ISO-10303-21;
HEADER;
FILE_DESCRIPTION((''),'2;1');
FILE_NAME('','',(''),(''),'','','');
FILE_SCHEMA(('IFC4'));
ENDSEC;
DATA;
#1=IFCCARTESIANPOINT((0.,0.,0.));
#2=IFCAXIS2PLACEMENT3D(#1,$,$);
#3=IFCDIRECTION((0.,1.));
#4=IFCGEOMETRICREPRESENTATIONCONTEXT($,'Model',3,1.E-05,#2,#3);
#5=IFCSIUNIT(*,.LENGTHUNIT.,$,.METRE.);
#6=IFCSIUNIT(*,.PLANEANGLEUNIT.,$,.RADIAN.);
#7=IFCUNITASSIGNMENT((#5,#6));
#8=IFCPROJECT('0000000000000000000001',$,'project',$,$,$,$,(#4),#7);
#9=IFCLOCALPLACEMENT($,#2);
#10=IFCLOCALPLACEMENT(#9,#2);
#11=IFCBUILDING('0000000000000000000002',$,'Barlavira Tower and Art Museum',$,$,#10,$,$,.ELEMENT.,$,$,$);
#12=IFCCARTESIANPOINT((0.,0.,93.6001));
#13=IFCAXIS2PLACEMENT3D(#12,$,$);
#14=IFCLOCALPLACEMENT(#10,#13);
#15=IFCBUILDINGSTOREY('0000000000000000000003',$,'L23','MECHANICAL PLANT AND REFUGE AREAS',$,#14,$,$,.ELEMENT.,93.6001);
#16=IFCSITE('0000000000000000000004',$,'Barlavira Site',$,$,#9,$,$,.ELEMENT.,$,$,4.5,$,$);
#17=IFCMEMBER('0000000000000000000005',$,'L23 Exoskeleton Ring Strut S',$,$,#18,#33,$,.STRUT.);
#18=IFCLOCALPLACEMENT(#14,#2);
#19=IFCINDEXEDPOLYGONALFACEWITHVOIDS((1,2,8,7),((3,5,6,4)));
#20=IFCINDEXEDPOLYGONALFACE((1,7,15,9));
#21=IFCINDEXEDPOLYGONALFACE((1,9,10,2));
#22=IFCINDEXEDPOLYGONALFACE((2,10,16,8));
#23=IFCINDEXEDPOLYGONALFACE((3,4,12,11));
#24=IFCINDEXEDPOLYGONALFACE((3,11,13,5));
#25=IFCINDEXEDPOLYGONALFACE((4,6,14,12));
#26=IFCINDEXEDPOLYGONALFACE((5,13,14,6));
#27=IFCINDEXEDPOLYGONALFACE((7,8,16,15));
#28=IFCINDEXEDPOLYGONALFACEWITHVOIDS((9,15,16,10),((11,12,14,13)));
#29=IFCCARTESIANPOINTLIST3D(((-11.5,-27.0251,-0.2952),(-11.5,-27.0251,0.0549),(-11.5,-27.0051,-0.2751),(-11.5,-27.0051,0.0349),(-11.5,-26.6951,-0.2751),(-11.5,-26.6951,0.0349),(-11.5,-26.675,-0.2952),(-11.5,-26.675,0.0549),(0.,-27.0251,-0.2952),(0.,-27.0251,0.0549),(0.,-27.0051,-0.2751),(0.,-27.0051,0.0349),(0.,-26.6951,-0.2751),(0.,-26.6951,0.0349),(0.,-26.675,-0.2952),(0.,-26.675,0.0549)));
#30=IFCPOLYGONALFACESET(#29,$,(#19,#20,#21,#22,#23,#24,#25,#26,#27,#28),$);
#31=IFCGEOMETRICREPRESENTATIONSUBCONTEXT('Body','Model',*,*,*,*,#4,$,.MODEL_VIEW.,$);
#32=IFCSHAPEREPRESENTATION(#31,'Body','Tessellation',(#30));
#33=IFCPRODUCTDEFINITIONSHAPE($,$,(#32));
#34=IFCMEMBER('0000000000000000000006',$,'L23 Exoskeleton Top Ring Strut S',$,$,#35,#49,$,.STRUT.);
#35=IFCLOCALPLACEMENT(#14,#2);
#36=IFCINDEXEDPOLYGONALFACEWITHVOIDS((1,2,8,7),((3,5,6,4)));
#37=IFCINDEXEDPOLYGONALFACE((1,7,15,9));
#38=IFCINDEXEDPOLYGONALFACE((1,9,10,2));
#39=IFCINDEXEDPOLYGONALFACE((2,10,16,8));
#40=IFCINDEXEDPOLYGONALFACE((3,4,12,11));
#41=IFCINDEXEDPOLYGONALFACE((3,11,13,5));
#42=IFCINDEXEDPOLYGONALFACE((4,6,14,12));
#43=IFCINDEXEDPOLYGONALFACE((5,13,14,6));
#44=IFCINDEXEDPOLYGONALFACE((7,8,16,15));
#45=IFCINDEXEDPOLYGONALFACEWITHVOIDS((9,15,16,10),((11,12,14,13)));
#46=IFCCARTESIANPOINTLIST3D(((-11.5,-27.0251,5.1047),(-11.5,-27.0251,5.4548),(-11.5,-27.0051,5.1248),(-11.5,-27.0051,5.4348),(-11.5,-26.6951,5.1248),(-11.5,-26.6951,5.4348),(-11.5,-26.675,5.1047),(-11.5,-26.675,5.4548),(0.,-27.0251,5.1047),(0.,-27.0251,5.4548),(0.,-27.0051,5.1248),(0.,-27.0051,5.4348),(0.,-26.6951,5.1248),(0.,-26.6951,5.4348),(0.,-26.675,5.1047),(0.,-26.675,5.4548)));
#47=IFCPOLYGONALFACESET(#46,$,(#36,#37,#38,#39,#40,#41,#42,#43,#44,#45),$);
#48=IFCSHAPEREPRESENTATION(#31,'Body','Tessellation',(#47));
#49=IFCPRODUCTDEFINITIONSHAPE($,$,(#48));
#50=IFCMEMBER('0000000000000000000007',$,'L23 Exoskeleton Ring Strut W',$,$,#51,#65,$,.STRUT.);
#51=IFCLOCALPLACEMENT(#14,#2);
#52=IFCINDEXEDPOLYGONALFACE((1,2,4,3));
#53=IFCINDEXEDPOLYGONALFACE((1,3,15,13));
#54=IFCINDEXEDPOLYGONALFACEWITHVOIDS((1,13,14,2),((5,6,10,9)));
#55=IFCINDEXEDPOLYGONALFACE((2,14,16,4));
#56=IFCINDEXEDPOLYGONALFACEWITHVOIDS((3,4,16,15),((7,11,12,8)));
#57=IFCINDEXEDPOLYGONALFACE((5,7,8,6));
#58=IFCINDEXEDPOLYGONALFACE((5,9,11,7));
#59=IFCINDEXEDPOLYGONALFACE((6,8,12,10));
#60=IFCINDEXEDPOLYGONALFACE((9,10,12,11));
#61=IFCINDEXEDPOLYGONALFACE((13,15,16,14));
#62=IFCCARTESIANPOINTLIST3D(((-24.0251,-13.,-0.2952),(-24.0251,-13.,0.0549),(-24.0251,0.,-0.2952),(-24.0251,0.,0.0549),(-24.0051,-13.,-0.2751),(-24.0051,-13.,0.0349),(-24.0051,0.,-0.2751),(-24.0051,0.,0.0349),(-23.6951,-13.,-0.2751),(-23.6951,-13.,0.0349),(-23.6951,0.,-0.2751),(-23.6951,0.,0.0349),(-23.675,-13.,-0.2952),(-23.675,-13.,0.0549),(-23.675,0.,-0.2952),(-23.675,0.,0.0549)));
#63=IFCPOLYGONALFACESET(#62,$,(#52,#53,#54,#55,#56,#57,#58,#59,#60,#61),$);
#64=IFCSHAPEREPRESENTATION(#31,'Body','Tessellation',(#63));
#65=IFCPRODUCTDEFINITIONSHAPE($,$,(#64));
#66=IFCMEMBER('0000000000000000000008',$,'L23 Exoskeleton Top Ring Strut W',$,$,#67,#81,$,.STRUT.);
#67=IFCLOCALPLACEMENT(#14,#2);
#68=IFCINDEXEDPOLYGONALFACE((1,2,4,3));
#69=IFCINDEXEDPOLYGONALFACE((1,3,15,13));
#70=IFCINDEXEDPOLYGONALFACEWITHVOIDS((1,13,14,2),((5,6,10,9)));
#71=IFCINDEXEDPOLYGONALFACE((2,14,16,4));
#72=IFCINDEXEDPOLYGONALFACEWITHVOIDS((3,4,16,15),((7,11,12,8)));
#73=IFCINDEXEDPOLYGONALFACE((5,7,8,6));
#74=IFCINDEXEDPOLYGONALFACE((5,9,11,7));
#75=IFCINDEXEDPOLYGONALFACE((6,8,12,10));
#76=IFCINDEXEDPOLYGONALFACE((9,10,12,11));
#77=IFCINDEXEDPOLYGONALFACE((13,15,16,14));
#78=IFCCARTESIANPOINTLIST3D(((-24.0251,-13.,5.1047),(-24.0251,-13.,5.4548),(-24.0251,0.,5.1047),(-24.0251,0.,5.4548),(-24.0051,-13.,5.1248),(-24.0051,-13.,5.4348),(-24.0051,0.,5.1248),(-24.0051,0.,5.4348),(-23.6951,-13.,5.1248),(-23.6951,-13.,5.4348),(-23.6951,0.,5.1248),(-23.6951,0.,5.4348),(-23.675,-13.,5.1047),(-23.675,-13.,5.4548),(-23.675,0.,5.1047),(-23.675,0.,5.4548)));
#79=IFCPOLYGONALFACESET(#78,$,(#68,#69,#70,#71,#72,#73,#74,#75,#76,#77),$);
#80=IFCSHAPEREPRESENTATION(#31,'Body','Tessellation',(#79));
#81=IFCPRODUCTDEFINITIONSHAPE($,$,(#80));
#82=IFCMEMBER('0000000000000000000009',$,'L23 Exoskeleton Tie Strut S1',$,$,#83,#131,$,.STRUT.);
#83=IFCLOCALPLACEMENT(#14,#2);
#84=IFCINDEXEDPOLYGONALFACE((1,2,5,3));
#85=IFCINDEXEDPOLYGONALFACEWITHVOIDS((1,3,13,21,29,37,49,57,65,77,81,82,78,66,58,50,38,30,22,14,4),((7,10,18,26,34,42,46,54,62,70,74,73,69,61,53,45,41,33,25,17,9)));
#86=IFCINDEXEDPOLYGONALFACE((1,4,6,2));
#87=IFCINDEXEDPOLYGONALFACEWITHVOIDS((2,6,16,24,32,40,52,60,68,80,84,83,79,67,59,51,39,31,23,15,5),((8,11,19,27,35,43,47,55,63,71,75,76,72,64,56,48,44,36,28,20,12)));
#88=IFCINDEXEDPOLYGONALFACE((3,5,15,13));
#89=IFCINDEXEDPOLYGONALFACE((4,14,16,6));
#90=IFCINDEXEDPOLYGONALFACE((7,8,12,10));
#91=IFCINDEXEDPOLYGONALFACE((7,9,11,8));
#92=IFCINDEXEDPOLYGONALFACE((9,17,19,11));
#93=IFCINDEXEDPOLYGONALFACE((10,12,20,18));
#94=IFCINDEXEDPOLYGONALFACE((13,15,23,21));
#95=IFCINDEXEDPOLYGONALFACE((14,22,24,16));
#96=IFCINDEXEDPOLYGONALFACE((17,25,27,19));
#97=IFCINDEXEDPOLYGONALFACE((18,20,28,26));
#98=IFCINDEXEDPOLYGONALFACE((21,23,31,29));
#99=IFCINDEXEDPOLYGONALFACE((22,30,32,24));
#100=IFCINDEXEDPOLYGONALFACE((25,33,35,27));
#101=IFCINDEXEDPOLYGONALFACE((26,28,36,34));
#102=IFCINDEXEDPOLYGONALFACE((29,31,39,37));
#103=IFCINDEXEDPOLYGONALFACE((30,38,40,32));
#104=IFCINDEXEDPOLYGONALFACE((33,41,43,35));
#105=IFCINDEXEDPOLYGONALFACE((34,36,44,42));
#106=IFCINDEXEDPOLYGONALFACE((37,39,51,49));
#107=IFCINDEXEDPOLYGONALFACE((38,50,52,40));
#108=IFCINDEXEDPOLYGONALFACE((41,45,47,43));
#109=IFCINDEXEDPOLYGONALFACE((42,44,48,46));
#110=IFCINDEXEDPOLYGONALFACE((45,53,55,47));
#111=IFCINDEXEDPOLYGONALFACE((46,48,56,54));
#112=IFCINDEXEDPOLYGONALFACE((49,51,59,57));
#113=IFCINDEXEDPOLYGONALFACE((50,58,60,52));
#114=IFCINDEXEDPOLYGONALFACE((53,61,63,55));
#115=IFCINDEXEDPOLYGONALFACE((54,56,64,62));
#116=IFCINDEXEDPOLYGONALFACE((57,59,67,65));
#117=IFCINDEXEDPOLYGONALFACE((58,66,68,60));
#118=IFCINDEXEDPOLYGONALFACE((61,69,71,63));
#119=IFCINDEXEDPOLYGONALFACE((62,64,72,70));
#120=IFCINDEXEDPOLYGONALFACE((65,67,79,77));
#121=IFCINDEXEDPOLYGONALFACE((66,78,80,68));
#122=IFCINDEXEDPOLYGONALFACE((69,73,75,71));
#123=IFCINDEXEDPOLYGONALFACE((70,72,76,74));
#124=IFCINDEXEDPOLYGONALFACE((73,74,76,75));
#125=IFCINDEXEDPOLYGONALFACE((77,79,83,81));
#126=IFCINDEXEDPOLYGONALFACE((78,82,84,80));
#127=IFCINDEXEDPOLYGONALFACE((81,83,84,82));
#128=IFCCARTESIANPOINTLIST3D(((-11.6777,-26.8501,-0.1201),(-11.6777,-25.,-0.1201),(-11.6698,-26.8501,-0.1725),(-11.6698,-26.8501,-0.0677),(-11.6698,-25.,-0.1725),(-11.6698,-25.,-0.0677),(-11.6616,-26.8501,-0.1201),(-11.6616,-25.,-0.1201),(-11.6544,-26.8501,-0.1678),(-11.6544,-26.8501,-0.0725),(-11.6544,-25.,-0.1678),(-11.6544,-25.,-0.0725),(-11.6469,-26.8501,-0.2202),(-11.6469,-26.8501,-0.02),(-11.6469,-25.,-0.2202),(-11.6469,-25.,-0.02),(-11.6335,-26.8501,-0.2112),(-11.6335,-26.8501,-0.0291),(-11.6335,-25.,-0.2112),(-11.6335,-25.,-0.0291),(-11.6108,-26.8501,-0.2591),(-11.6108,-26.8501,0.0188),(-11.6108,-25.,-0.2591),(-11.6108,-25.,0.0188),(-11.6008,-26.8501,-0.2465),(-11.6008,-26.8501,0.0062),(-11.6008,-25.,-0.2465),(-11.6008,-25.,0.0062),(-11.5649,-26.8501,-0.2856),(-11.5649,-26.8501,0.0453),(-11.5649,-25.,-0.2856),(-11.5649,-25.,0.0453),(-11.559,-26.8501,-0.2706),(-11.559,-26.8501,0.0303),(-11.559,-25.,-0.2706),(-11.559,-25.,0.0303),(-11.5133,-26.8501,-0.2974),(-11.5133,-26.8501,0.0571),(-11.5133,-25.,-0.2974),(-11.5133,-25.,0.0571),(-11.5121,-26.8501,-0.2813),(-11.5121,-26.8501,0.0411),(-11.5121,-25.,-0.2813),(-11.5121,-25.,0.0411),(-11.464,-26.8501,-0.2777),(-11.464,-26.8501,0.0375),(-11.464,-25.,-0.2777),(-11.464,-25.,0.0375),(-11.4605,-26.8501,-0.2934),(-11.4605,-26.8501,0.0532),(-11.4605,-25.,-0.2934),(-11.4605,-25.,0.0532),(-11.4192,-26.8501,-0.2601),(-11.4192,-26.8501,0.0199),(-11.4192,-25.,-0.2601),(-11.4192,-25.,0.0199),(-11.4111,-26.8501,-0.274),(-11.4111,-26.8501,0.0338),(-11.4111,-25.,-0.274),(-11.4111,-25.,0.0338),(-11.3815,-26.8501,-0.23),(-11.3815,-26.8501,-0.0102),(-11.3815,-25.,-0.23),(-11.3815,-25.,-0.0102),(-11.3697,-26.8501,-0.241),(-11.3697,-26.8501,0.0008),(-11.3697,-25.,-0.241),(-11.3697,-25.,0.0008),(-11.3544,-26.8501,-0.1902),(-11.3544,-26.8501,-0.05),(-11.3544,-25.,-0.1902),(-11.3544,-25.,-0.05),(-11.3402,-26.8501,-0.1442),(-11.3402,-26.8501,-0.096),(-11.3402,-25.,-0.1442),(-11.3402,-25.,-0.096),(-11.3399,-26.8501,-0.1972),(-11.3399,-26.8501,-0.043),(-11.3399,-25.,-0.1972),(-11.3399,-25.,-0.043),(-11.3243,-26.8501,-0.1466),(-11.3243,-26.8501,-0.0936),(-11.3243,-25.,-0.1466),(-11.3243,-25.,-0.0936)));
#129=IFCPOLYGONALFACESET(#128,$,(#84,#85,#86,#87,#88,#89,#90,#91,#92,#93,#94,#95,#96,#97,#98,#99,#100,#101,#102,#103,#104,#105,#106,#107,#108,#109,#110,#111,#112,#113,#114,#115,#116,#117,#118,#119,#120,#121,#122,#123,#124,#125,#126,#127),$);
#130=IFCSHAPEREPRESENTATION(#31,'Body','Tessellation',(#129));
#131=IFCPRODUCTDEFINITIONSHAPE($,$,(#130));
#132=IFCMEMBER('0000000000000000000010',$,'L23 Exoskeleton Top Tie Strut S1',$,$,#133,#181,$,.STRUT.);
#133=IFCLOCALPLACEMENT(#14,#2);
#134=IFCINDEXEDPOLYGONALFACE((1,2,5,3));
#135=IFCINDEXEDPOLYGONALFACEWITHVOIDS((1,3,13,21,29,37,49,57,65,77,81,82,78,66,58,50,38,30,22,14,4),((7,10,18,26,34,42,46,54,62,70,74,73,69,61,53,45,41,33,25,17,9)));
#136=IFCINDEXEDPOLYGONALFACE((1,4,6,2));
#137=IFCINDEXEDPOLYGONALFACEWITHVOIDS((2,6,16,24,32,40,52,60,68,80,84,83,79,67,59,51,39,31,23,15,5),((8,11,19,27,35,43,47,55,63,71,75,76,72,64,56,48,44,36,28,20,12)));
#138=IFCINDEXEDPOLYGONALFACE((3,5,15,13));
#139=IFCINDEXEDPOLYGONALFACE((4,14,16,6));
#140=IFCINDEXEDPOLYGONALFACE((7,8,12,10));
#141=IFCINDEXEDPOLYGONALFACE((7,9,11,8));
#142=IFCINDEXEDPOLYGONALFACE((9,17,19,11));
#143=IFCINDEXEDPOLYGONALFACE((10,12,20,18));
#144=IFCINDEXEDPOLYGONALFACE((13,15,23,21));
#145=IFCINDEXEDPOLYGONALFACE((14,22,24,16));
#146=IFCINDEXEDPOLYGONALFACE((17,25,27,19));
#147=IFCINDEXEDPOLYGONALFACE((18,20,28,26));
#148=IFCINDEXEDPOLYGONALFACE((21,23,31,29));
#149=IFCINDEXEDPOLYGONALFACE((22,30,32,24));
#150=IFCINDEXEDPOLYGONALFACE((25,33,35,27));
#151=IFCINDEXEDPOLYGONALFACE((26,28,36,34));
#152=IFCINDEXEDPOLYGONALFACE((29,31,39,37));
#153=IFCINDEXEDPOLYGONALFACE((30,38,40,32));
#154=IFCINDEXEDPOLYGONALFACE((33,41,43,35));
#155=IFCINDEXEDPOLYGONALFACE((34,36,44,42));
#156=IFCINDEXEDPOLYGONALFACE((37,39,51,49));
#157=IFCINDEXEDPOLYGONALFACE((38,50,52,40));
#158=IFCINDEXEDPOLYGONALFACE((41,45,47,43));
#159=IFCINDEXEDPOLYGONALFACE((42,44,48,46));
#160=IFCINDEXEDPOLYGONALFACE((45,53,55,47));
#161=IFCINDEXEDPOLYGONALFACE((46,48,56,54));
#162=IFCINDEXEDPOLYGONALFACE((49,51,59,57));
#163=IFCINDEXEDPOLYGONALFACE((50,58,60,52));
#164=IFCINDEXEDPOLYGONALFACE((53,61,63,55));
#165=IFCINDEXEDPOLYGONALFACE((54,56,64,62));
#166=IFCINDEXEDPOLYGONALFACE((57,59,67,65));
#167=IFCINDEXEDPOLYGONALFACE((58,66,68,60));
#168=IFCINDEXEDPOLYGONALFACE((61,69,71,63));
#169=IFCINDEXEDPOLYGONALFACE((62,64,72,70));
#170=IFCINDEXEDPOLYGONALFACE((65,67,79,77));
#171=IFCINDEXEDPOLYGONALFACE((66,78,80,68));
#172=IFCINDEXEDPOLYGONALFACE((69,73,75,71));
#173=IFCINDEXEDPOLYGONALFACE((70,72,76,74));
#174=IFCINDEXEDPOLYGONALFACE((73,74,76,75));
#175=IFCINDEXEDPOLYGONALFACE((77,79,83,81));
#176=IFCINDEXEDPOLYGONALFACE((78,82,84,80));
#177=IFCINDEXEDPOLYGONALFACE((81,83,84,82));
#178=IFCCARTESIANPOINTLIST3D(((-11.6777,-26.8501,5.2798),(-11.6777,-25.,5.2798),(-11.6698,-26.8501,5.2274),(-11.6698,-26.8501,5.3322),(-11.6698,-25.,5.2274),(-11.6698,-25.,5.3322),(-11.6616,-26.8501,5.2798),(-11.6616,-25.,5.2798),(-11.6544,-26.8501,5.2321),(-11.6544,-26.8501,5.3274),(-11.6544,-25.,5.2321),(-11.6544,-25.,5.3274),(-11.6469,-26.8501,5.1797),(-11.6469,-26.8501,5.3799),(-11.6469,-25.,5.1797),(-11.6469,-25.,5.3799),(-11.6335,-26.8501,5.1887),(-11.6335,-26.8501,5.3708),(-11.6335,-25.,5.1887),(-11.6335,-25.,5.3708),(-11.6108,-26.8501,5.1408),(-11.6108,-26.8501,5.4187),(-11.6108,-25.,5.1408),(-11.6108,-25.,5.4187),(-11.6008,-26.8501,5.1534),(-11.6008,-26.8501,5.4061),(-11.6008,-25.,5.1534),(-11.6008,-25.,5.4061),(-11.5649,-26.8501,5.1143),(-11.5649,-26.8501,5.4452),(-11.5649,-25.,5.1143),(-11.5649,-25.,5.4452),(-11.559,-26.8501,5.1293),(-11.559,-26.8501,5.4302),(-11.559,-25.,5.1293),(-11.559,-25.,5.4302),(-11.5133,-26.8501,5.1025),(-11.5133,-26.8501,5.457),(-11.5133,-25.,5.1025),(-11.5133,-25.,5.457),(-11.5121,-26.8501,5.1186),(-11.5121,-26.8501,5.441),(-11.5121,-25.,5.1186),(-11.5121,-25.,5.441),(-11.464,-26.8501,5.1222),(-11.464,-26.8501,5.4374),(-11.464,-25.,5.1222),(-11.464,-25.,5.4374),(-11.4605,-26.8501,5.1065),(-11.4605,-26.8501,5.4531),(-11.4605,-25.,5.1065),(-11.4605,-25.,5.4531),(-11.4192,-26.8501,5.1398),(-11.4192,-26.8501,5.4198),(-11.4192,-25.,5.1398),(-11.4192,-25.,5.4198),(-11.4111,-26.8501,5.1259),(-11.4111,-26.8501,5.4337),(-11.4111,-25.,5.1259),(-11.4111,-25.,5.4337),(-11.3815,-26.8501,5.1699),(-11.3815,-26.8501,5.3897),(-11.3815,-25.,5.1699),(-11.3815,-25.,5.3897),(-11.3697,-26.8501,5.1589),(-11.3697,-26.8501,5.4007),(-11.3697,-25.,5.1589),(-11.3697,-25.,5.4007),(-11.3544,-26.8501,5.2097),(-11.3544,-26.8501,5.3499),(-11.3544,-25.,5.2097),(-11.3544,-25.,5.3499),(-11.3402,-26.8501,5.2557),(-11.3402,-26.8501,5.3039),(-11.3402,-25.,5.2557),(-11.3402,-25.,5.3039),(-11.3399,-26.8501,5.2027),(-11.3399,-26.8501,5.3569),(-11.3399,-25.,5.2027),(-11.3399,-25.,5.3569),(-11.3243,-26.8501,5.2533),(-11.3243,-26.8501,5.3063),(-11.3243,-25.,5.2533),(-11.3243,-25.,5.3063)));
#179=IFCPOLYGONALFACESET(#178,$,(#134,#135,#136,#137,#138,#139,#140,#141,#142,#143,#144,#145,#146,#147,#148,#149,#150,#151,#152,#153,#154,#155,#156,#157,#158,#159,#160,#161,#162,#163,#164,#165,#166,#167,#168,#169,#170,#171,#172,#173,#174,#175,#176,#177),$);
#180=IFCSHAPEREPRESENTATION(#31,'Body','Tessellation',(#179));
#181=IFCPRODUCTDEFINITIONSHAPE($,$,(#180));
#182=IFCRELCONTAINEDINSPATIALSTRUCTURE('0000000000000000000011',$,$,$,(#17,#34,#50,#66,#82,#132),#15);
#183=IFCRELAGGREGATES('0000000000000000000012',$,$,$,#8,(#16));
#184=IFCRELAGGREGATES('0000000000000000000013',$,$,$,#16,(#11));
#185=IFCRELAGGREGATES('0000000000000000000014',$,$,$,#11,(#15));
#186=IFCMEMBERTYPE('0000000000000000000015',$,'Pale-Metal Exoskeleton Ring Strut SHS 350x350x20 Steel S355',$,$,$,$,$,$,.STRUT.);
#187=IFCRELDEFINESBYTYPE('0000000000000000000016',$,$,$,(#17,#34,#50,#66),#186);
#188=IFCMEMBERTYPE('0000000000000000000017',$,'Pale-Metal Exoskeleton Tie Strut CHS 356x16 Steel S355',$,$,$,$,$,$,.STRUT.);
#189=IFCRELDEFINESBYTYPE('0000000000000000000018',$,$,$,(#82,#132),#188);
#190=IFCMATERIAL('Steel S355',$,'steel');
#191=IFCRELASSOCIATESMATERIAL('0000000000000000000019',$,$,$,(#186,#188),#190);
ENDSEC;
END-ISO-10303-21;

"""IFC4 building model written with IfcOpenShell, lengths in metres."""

from ifc_helpers import new_model, si_unit, direction, frame, origin, origin_2d, place, context, subcontext, project, spatial, hollow_rectangle, hollow_circle, extrude, material, material_profile, profile_set, type_object, element, save


model = new_model("IFC4")

# Units and contexts
model_context = context("Model", 3, precision=1e-05, world=origin(), true_north=direction((0.0, 1.0)))
body_context = subcontext(model_context, "Body", "Model", "MODEL_VIEW")
ifc_project = project(units=[si_unit("LENGTHUNIT", "METRE"), si_unit("PLANEANGLEUNIT", "RADIAN")], contexts=[model_context])

# Site, building, storey
site_placement = place(None, origin())
site = spatial("IfcSite", under=ifc_project, at=site_placement, Name="Barlavira Site", CompositionType="ELEMENT", RefElevation=4.5)
building_placement = place(site_placement, origin())
building = spatial("IfcBuilding", under=site, at=building_placement, Name="Barlavira Tower and Art Museum", CompositionType="ELEMENT")
storey_placement = place(building_placement, frame((0.0, 0.0, 93.6001)))
storey = spatial("IfcBuildingStorey", under=building, at=storey_placement, Name="L23", Description="MECHANICAL PLANT AND REFUGE AREAS", CompositionType="ELEMENT", Elevation=93.6001)

# Members
ifc_material_1 = material(Name="Steel S355", Category="steel")
ifc_material_profile_1 = material_profile(ifc_material_1, hollow_rectangle(XDim=0.3501, YDim=0.3501, WallThickness=0.02, at=origin_2d()), Name="SHS 350x350x20.0")
ifc_profile_set_1 = profile_set([ifc_material_profile_1], Name="Steel S355")
member_type_1 = type_object("IfcMemberType", Name="Pale-Metal Exoskeleton Ring Strut SHS 350x350x20 Steel S355", PredefinedType="STRUT", material=ifc_profile_set_1)
for number, where, z_axis, x_axis, name in (
    (1, (-11.5, -26.8501, -0.1201), (1.0, 0.0, 0.0), (0.0, 1.0, 0.0), "L23 Exoskeleton Ring Strut S"),
    (2, (-11.5, -26.8501, 5.2798), (1.0, 0.0, 0.0), (0.0, 1.0, 0.0), "L23 Exoskeleton Top Ring Strut S"),
):
    element("IfcMember", number, at=place(storey_placement, frame(where, z_axis=z_axis, x_axis=x_axis)), inside=storey, type_object=member_type_1, Name=name, PredefinedType="STRUT", context=body_context, shape_type="SweptSolid", body=[
        extrude(hollow_rectangle(XDim=0.3501, YDim=0.3501, WallThickness=0.02, at=origin_2d()), origin(), (0.0, 0.0, 1.0), 11.5),
    ])
for number, where, z_axis, x_axis, name in (
    (3, (-23.8501, -13.0, -0.1201), (0.0, 1.0, 0.0), (-1.0, 0.0, 0.0), "L23 Exoskeleton Ring Strut W"),
    (4, (-23.8501, -13.0, 5.2798), (0.0, 1.0, 0.0), (-1.0, 0.0, 0.0), "L23 Exoskeleton Top Ring Strut W"),
):
    element("IfcMember", number, at=place(storey_placement, frame(where, z_axis=z_axis, x_axis=x_axis)), inside=storey, type_object=member_type_1, Name=name, PredefinedType="STRUT", context=body_context, shape_type="SweptSolid", body=[
        extrude(hollow_rectangle(XDim=0.3501, YDim=0.3501, WallThickness=0.02, at=origin_2d()), origin(), (0.0, 0.0, 1.0), 13.0),
    ])
ifc_material_profile_2 = material_profile(ifc_material_1, hollow_circle(Radius=0.1777, WallThickness=0.0161, at=origin_2d()), Name="CHS 355.6x16.0")
ifc_profile_set_2 = profile_set([ifc_material_profile_2], Name="Steel S355")
member_type_2 = type_object("IfcMemberType", Name="Pale-Metal Exoskeleton Tie Strut CHS 356x16 Steel S355", PredefinedType="STRUT", material=ifc_profile_set_2)
for number, where, z_axis, x_axis, name in (
    (5, (-11.5, -26.8501, -0.1201), (0.0, 1.0, 0.0), (-1.0, 0.0, 0.0), "L23 Exoskeleton Tie Strut S1"),
    (6, (-11.5, -26.8501, 5.2798), (0.0, 1.0, 0.0), (-1.0, 0.0, 0.0), "L23 Exoskeleton Top Tie Strut S1"),
):
    element("IfcMember", number, at=place(storey_placement, frame(where, z_axis=z_axis, x_axis=x_axis)), inside=storey, type_object=member_type_2, Name=name, PredefinedType="STRUT", context=body_context, shape_type="SweptSolid", body=[
        extrude(hollow_circle(Radius=0.1777, WallThickness=0.0161, at=origin_2d()), origin(), (0.0, 0.0, 1.0), 1.8501),
    ])

save(model, "model.ifc")
